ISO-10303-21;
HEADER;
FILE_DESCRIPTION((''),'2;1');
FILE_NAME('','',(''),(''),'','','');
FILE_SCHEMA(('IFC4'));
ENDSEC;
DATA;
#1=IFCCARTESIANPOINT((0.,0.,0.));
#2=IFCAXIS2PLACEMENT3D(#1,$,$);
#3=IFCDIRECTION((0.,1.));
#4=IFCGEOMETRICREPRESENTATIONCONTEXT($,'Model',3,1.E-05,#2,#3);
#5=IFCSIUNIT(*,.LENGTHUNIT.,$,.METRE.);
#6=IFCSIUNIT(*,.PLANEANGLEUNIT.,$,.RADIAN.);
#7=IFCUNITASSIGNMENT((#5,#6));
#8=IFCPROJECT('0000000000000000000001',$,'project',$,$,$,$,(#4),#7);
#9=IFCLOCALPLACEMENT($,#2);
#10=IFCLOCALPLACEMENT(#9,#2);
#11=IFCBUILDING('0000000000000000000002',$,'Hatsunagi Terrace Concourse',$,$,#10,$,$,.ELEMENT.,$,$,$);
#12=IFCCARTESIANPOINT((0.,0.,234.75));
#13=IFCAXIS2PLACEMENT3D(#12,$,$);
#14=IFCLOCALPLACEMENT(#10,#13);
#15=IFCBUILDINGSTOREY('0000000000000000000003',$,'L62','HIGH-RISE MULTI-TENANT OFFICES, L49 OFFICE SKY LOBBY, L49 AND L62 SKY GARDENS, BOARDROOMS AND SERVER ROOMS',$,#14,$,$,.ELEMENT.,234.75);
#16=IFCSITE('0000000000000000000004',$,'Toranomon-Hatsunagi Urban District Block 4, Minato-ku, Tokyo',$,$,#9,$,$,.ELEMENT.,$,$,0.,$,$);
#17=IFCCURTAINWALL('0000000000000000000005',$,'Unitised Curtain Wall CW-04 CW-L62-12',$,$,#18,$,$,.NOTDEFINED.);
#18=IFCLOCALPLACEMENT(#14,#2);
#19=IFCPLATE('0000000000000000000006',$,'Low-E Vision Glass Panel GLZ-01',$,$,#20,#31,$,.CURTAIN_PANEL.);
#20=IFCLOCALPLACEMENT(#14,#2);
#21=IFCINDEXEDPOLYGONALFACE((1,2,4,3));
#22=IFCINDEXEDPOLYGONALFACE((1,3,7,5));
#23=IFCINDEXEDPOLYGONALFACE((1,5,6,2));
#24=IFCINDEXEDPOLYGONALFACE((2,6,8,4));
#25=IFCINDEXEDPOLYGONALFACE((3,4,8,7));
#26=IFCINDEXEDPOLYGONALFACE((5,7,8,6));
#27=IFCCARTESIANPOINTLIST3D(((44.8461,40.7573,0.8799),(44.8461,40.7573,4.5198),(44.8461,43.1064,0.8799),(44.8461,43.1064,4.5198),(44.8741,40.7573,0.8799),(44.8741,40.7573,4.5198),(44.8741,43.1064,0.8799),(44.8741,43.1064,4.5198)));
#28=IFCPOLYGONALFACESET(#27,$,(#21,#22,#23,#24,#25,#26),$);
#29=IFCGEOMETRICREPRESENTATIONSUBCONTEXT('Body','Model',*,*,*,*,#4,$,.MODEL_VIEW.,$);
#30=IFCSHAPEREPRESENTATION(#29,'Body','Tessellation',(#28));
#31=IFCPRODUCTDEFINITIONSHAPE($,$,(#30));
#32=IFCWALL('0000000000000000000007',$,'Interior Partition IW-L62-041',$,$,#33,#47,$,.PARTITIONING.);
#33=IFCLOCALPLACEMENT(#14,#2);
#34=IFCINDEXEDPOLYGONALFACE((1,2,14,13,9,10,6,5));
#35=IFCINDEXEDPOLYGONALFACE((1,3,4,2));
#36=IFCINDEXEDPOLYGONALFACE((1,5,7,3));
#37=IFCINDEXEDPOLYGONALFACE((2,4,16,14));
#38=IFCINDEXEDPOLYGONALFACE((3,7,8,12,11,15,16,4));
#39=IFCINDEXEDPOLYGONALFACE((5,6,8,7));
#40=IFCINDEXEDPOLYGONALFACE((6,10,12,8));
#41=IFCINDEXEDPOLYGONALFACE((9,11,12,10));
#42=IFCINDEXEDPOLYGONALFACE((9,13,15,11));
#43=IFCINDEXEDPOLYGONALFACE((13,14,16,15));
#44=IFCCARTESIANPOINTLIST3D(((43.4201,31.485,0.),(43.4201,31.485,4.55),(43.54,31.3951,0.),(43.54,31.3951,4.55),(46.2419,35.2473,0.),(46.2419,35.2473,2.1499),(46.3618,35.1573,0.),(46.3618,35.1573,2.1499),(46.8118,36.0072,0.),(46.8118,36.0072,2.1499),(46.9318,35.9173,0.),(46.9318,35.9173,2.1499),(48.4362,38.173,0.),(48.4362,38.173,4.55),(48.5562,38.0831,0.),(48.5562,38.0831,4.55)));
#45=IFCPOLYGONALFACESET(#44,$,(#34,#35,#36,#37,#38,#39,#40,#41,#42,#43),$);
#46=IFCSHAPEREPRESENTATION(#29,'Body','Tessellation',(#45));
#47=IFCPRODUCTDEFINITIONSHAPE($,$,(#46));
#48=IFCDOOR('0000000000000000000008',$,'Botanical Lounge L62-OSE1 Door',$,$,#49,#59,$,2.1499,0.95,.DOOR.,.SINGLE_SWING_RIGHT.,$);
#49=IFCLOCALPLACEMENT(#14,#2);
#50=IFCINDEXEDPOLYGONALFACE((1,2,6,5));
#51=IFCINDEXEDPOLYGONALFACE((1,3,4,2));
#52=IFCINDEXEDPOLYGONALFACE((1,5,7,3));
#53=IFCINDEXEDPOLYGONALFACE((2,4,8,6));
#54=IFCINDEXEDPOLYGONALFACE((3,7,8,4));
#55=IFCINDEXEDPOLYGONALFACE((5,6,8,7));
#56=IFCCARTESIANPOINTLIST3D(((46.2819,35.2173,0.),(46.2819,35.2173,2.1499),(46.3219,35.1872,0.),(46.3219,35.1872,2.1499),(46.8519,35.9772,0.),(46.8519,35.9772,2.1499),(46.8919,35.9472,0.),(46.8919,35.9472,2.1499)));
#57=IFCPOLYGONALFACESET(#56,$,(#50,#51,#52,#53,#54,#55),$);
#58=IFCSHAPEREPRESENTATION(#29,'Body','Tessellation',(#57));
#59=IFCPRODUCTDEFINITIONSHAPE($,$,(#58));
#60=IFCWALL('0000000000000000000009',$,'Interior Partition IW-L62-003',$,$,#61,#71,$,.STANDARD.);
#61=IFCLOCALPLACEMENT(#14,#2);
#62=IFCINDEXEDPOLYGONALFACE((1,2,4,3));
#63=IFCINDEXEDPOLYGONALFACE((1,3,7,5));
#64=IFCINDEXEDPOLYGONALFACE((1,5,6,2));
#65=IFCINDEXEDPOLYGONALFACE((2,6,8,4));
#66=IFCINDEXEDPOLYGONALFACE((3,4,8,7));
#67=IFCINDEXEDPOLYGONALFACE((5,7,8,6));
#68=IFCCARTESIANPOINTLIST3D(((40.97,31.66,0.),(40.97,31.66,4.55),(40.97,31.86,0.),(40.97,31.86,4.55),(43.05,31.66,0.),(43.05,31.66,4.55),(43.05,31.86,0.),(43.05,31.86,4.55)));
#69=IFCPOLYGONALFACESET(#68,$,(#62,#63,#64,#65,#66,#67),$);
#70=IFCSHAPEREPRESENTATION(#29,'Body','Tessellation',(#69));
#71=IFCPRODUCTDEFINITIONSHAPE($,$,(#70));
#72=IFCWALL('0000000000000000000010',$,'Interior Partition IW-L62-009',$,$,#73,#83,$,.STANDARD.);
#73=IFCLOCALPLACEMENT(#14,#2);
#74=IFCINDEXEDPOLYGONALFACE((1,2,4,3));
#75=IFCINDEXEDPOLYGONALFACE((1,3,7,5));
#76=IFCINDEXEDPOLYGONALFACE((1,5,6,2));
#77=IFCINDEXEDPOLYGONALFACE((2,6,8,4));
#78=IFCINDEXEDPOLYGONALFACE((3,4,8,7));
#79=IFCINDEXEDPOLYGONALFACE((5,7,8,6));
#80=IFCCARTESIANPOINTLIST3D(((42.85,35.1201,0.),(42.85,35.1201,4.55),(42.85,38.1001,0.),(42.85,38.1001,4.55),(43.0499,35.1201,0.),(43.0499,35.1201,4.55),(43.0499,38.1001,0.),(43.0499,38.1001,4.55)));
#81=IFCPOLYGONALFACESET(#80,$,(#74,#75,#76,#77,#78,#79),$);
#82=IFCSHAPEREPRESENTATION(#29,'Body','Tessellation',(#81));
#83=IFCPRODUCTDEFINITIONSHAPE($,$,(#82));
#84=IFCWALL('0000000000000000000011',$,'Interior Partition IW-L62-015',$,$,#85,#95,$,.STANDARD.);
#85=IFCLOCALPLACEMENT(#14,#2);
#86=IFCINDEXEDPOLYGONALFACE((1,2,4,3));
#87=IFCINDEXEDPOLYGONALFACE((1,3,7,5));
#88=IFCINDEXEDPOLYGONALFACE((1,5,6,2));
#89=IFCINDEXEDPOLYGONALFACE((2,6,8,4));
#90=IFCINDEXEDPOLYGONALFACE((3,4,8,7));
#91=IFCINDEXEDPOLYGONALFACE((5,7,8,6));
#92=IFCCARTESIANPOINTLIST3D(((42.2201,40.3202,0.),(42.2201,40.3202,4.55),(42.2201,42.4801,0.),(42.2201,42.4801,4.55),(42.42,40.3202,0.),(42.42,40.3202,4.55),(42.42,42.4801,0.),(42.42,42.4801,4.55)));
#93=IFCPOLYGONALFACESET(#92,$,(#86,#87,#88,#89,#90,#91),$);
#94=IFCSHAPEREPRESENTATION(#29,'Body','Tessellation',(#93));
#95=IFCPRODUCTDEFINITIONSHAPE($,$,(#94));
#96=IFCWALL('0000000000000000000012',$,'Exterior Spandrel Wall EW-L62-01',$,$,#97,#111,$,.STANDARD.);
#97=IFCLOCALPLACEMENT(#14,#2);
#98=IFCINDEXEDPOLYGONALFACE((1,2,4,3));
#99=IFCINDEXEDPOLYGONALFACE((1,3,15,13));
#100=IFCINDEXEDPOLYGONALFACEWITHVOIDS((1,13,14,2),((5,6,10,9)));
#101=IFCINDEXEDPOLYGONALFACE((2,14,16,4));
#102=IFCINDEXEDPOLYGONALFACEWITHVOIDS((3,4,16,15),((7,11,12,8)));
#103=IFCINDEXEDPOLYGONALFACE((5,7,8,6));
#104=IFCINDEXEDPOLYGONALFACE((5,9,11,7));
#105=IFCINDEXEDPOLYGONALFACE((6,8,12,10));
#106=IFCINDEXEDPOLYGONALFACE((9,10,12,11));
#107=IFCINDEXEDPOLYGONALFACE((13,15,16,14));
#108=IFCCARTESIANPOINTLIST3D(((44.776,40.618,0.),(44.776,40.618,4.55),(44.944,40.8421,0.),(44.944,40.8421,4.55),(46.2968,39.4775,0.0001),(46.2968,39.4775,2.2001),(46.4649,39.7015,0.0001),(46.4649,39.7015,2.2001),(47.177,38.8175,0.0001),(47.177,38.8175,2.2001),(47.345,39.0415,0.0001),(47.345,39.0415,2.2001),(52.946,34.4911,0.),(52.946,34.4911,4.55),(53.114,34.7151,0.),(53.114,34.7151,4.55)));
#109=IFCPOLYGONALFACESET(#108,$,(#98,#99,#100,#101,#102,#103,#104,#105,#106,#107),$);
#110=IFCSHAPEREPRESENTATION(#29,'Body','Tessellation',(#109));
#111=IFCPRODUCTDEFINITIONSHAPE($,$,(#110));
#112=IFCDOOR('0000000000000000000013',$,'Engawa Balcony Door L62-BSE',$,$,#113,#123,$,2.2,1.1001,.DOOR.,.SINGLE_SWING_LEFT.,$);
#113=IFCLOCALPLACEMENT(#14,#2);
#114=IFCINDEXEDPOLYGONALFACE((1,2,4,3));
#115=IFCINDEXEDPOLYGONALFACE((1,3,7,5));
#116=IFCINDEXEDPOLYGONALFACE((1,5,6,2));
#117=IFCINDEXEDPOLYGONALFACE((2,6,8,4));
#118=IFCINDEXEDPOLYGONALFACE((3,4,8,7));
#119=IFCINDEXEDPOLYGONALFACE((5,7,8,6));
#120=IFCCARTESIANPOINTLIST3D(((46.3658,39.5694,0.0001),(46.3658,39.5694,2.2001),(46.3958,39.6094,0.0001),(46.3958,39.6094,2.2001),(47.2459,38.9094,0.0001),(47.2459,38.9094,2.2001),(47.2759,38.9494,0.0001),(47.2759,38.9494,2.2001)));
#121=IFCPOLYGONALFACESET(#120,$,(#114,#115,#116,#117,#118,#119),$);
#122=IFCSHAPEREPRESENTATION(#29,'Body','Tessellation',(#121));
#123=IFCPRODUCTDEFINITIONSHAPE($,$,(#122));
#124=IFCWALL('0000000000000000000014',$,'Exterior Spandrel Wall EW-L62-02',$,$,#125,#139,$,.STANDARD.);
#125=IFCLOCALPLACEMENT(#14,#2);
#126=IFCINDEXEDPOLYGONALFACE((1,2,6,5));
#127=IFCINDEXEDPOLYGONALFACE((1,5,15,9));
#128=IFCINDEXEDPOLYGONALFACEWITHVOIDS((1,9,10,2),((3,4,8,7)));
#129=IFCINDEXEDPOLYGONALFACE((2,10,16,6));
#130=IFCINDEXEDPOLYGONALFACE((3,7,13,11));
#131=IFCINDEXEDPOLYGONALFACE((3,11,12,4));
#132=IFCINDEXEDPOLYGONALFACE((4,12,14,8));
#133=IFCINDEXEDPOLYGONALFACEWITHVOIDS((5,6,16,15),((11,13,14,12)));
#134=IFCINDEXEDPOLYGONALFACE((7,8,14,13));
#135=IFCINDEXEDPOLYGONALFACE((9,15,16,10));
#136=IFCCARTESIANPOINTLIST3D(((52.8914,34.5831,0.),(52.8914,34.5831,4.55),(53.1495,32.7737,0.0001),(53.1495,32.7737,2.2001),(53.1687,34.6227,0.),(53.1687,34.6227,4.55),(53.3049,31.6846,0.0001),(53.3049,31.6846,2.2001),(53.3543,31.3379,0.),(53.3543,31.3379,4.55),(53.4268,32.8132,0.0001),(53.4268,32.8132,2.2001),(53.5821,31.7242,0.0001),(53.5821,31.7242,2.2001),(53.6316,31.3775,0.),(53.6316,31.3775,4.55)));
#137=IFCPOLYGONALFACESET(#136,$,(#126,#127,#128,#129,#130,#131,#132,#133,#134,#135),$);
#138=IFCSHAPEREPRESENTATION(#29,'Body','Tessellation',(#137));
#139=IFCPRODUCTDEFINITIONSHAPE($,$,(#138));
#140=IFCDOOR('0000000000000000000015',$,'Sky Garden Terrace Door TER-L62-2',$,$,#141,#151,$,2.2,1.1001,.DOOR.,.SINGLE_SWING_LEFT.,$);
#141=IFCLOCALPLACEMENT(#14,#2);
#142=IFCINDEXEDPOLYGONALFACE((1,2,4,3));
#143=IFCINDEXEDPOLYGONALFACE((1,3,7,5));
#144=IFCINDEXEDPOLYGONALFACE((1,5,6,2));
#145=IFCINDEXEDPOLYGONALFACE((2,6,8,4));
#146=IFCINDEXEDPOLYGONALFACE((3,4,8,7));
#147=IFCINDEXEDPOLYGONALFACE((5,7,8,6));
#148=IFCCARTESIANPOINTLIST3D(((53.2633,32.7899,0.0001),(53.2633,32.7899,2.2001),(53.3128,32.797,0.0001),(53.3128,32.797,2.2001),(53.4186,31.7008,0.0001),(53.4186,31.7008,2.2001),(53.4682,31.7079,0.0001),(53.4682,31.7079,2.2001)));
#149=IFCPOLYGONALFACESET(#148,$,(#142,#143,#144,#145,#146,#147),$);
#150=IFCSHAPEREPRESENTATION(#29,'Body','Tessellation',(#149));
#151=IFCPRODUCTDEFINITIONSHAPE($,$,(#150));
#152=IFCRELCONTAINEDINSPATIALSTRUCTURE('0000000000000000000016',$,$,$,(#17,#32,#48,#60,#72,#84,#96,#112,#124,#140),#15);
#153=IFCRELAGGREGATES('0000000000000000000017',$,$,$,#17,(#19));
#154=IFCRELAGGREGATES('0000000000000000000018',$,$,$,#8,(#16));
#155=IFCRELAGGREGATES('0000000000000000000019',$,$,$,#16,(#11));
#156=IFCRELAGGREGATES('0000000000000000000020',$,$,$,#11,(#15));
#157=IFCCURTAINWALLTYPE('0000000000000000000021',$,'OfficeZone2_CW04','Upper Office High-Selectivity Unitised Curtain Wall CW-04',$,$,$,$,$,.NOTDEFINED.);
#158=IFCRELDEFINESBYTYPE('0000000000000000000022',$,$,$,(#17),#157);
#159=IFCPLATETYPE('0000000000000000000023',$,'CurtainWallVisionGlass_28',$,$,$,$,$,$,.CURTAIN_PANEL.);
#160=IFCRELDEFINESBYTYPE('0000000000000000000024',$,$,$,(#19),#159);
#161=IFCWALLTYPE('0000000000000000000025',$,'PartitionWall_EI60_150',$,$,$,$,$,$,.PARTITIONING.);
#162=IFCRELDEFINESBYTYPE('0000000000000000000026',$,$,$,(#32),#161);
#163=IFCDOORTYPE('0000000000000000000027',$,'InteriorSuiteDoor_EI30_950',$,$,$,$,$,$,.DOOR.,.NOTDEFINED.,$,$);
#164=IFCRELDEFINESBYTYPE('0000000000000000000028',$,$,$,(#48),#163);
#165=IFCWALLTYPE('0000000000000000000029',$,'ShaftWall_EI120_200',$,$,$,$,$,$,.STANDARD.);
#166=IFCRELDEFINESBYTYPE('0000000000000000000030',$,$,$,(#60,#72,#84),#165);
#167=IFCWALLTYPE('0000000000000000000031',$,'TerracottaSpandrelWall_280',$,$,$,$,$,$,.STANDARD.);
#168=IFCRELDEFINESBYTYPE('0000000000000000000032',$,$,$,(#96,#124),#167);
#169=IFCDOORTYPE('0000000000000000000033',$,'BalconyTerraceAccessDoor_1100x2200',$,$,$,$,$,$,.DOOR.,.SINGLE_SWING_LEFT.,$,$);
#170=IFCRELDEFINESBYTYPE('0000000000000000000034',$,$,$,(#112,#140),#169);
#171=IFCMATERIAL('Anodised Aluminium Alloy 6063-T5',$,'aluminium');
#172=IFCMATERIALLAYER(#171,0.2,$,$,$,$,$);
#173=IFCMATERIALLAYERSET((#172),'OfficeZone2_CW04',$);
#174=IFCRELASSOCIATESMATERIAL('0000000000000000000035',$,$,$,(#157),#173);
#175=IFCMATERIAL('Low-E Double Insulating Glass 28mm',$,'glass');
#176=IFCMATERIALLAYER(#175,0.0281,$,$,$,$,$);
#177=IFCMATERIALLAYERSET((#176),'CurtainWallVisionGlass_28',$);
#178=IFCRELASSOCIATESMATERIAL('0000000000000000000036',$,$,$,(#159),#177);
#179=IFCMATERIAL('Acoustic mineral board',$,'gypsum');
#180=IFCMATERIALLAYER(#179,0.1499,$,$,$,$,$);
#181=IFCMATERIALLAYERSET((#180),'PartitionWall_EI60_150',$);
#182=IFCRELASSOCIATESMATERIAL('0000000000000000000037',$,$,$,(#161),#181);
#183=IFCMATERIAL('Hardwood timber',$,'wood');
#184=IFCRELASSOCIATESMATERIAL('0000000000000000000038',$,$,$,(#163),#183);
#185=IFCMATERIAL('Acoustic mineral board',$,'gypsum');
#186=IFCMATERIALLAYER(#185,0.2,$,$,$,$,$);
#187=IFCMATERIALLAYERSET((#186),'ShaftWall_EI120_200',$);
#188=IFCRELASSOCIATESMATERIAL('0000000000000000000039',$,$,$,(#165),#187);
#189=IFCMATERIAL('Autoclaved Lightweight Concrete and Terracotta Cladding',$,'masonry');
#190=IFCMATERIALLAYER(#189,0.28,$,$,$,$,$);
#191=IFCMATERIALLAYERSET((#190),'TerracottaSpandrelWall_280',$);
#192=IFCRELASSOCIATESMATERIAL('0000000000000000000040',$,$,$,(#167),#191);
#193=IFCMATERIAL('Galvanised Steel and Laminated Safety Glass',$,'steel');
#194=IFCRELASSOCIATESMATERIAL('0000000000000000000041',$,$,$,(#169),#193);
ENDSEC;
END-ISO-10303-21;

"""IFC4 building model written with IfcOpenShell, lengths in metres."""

from ifc_helpers import new_model, si_unit, direction, frame, frame_2d, origin, origin_2d, place, context, subcontext, project, spatial, rectangle, extrude, material, layer, layer_set, type_object, element, fill, aggregate, save


model = new_model("IFC4")

# Units and contexts
model_context = context("Model", 3, precision=1e-05, world=origin(), true_north=direction((0.0, 1.0)))
body_context = subcontext(model_context, "Body", "Model", "MODEL_VIEW")
ifc_project = project(units=[si_unit("LENGTHUNIT", "METRE"), si_unit("PLANEANGLEUNIT", "RADIAN")], contexts=[model_context])

# Site, building, storey
site_placement = place(None, origin())
site = spatial("IfcSite", under=ifc_project, at=site_placement, Name="Toranomon-Hatsunagi Urban District Block 4, Minato-ku, Tokyo", CompositionType="ELEMENT", RefElevation=0.0)
building_placement = place(site_placement, origin())
building = spatial("IfcBuilding", under=site, at=building_placement, Name="Hatsunagi Terrace Concourse", CompositionType="ELEMENT")
storey_placement = place(building_placement, frame((0.0, 0.0, 234.75)))
storey = spatial("IfcBuildingStorey", under=building, at=storey_placement, Name="L62", Description="HIGH-RISE MULTI-TENANT OFFICES, L49 OFFICE SKY LOBBY, L49 AND L62 SKY GARDENS, BOARDROOMS AND SERVER ROOMS", CompositionType="ELEMENT", Elevation=234.75)

# Curtain wall
ifc_material_1 = material(Name="Anodised Aluminium Alloy 6063-T5", Category="aluminium")
ifc_layer_1 = layer(ifc_material_1, 0.2)
ifc_layer_set_1 = layer_set([ifc_layer_1], Name="OfficeZone2_CW04")
curtain_wall_type = type_object("IfcCurtainWallType", Name="OfficeZone2_CW04", Description="Upper Office High-Selectivity Unitised Curtain Wall CW-04", PredefinedType="NOTDEFINED", material=ifc_layer_set_1)
curtain_wall_placement = place(storey_placement, origin())
curtain_wall = element("IfcCurtainWall", 1, at=curtain_wall_placement, inside=storey, type_object=curtain_wall_type, Name="Unitised Curtain Wall CW-04 CW-L62-12", PredefinedType="NOTDEFINED")

# Plate
ifc_material_2 = material(Name="Low-E Double Insulating Glass 28mm", Category="glass")
ifc_layer_2 = layer(ifc_material_2, 0.0281)
ifc_layer_set_2 = layer_set([ifc_layer_2], Name="CurtainWallVisionGlass_28")
plate_type_1 = type_object("IfcPlateType", Name="CurtainWallVisionGlass_28", PredefinedType="CURTAIN_PANEL", material=ifc_layer_set_2)
plate_1_placement = place(storey_placement, frame((44.8601, 41.9319, 0.8799), z_axis=(0.0, 0.0, 1.0), x_axis=(0.0, -1.0, 0.0)))
plate_1 = element("IfcPlate", 2, at=plate_1_placement, type_object=plate_type_1, Name="Low-E Vision Glass Panel GLZ-01", PredefinedType="CURTAIN_PANEL", context=body_context, shape_type="SweptSolid", body=[
    extrude(rectangle(XDim=2.3491, YDim=0.0281, at=origin_2d()), origin(), (0.0, 0.0, 1.0), 3.6399),
])
aggregate(curtain_wall, [plate_1])

# Wall, opening, door
ifc_material_3 = material(Name="Acoustic mineral board", Category="gypsum")
ifc_layer_3 = layer(ifc_material_3, 0.1499)
ifc_layer_set_3 = layer_set([ifc_layer_3], Name="PartitionWall_EI60_150")
wall_type_1 = type_object("IfcWallType", Name="PartitionWall_EI60_150", PredefinedType="PARTITIONING", material=ifc_layer_set_3)
wall_1_placement = place(storey_placement, frame((43.48, 31.4399, 0.0), z_axis=(0.0, 0.0, 1.0), x_axis=(0.600009, 0.799993, 0.0)))
wall_1 = element("IfcWall", 3, at=wall_1_placement, inside=storey, type_object=wall_type_1, Name="Interior Partition IW-L62-041", PredefinedType="PARTITIONING", context=body_context, shape_type="SweptSolid", body=[
    extrude(rectangle(XDim=8.3601, YDim=0.1499, at=frame_2d((4.1802, 0.0))), origin(), (0.0, 0.0, 1.0), 4.55),
])
opening_1_placement = place(wall_1_placement, frame((4.7029, 0.0, 0.0)))
opening_1 = element("IfcOpeningElement", 4, at=opening_1_placement, cuts=wall_1, PredefinedType="OPENING", context=body_context, shape_type="SweptSolid", body=[
    extrude(rectangle(XDim=0.95, YDim=2.1499, at=frame_2d((0.4751, 1.075))), frame((0.0, 0.085, 0.0), z_axis=(0.0, -1.0, 0.0), x_axis=(1.0, 0.0, 0.0)), (0.0, 0.0, 1.0), 0.1699),
])
ifc_material_4 = material(Name="Hardwood timber", Category="wood")
door_type_1 = type_object("IfcDoorType", Name="InteriorSuiteDoor_EI30_950", OperationType="NOTDEFINED", PredefinedType="DOOR", material=ifc_material_4)
door_1_placement = place(opening_1_placement, origin())
door_1 = element("IfcDoor", 5, at=door_1_placement, inside=storey, type_object=door_type_1, Name="Botanical Lounge L62-OSE1 Door", OperationType="SINGLE_SWING_RIGHT", OverallHeight=2.1499, OverallWidth=0.95, PredefinedType="DOOR", context=body_context, shape_type="SweptSolid", body=[
    extrude(rectangle(XDim=0.95, YDim=2.1499, at=frame_2d((0.4751, 1.075))), frame((0.0, 0.0249, 0.0), z_axis=(0.0, -1.0, 0.0), x_axis=(1.0, 0.0, 0.0)), (0.0, 0.0, 1.0), 0.05),
])
fill(opening_1, door_1)

# Walls
ifc_material_5 = material(Name="Acoustic mineral board", Category="gypsum")
ifc_layer_4 = layer(ifc_material_5, 0.2)
ifc_layer_set_4 = layer_set([ifc_layer_4], Name="ShaftWall_EI120_200")
wall_type_2 = type_object("IfcWallType", Name="ShaftWall_EI120_200", PredefinedType="STANDARD", material=ifc_layer_set_4)
wall_2_placement = place(storey_placement, frame((40.97, 31.76, 0.0), z_axis=(0.0, 0.0, 1.0), x_axis=(1.0, 0.0, 0.0)))
element("IfcWall", 6, at=wall_2_placement, inside=storey, type_object=wall_type_2, Name="Interior Partition IW-L62-003", PredefinedType="STANDARD", context=body_context, shape_type="SweptSolid", body=[
    extrude(rectangle(XDim=2.0801, YDim=0.2, at=frame_2d((1.04, 0.0))), origin(), (0.0, 0.0, 1.0), 4.55),
])
wall_3_placement = place(storey_placement, frame((42.95, 35.1201, 0.0), z_axis=(0.0, 0.0, 1.0), x_axis=(0.0, 1.0, 0.0)))
element("IfcWall", 7, at=wall_3_placement, inside=storey, type_object=wall_type_2, Name="Interior Partition IW-L62-009", PredefinedType="STANDARD", context=body_context, shape_type="SweptSolid", body=[
    extrude(rectangle(XDim=2.98, YDim=0.2, at=frame_2d((1.49, 0.0))), origin(), (0.0, 0.0, 1.0), 4.55),
])
wall_4_placement = place(storey_placement, frame((42.3201, 40.3201, 0.0), z_axis=(0.0, 0.0, 1.0), x_axis=(0.0, 1.0, 0.0)))
element("IfcWall", 8, at=wall_4_placement, inside=storey, type_object=wall_type_2, Name="Interior Partition IW-L62-015", PredefinedType="STANDARD", context=body_context, shape_type="SweptSolid", body=[
    extrude(rectangle(XDim=2.1599, YDim=0.2, at=frame_2d((1.0801, 0.0))), origin(), (0.0, 0.0, 1.0), 4.55),
])

# Walls, openings, doors
ifc_material_6 = material(Name="Autoclaved Lightweight Concrete and Terracotta Cladding", Category="masonry")
ifc_layer_5 = layer(ifc_material_6, 0.28)
ifc_layer_set_5 = layer_set([ifc_layer_5], Name="TerracottaSpandrelWall_280")
wall_type_3 = type_object("IfcWallType", Name="TerracottaSpandrelWall_280", PredefinedType="STANDARD", material=ifc_layer_set_5)
wall_5_placement = place(storey_placement, frame((44.8601, 40.73, 0.0), z_axis=(0.0, 0.0, 1.0), x_axis=(0.800023, -0.599969, 0.0)))
wall_5 = element("IfcWall", 9, at=wall_5_placement, inside=storey, type_object=wall_type_3, Name="Exterior Spandrel Wall EW-L62-01", PredefinedType="STANDARD", context=body_context, shape_type="SweptSolid", body=[
    extrude(rectangle(XDim=10.2122, YDim=0.28, at=frame_2d((5.106, 0.0))), origin(), (0.0, 0.0, 1.0), 4.55),
])
opening_2_placement = place(wall_5_placement, frame((1.9009, 0.0, 0.0)))
opening_2 = element("IfcOpeningElement", 10, at=opening_2_placement, cuts=wall_5, PredefinedType="OPENING", context=body_context, shape_type="SweptSolid", body=[
    extrude(rectangle(XDim=1.1001, YDim=2.2, at=frame_2d((0.55, 1.1001))), frame((0.0, 0.1499, 0.0), z_axis=(0.0, -1.0, 0.0), x_axis=(1.0, 0.0, 0.0)), (0.0, 0.0, 1.0), 0.3),
])
ifc_material_7 = material(Name="Galvanised Steel and Laminated Safety Glass", Category="steel")
door_type_2 = type_object("IfcDoorType", Name="BalconyTerraceAccessDoor_1100x2200", OperationType="SINGLE_SWING_LEFT", PredefinedType="DOOR", material=ifc_material_7)
door_2_placement = place(opening_2_placement, origin())
door_2 = element("IfcDoor", 11, at=door_2_placement, inside=storey, type_object=door_type_2, Name="Engawa Balcony Door L62-BSE", OperationType="SINGLE_SWING_LEFT", OverallHeight=2.2, OverallWidth=1.1001, PredefinedType="DOOR", context=body_context, shape_type="SweptSolid", body=[
    extrude(rectangle(XDim=1.1001, YDim=2.2, at=frame_2d((0.55, 1.1001))), frame((0.0, 0.0249, 0.0), z_axis=(0.0, -1.0, 0.0), x_axis=(1.0, 0.0, 0.0)), (0.0, 0.0, 1.0), 0.05),
])
fill(opening_2, door_2)
wall_6_placement = place(storey_placement, frame((53.03, 34.603, 0.0), z_axis=(0.0, 0.0, 1.0), x_axis=(0.141213, -0.989979, 0.0)))
wall_6 = element("IfcWall", 12, at=wall_6_placement, inside=storey, type_object=wall_type_3, Name="Exterior Spandrel Wall EW-L62-02", PredefinedType="STANDARD", context=body_context, shape_type="SweptSolid", body=[
    extrude(rectangle(XDim=3.2781, YDim=0.28, at=frame_2d((1.6392, 0.0))), origin(), (0.0, 0.0, 1.0), 4.55),
])
opening_3_placement = place(wall_6_placement, frame((1.8279, 0.0, 0.0)))
opening_3 = element("IfcOpeningElement", 13, at=opening_3_placement, cuts=wall_6, PredefinedType="OPENING", context=body_context, shape_type="SweptSolid", body=[
    extrude(rectangle(XDim=1.1001, YDim=2.2, at=frame_2d((0.55, 1.1001))), frame((0.0, 0.1499, 0.0), z_axis=(0.0, -1.0, 0.0), x_axis=(1.0, 0.0, 0.0)), (0.0, 0.0, 1.0), 0.3),
])
door_3_placement = place(opening_3_placement, origin())
door_3 = element("IfcDoor", 14, at=door_3_placement, inside=storey, type_object=door_type_2, Name="Sky Garden Terrace Door TER-L62-2", OperationType="SINGLE_SWING_LEFT", OverallHeight=2.2, OverallWidth=1.1001, PredefinedType="DOOR", context=body_context, shape_type="SweptSolid", body=[
    extrude(rectangle(XDim=1.1001, YDim=2.2, at=frame_2d((0.55, 1.1001))), frame((0.0, 0.0249, 0.0), z_axis=(0.0, -1.0, 0.0), x_axis=(1.0, 0.0, 0.0)), (0.0, 0.0, 1.0), 0.05),
])
fill(opening_3, door_3)

save(model, "model.ifc")
